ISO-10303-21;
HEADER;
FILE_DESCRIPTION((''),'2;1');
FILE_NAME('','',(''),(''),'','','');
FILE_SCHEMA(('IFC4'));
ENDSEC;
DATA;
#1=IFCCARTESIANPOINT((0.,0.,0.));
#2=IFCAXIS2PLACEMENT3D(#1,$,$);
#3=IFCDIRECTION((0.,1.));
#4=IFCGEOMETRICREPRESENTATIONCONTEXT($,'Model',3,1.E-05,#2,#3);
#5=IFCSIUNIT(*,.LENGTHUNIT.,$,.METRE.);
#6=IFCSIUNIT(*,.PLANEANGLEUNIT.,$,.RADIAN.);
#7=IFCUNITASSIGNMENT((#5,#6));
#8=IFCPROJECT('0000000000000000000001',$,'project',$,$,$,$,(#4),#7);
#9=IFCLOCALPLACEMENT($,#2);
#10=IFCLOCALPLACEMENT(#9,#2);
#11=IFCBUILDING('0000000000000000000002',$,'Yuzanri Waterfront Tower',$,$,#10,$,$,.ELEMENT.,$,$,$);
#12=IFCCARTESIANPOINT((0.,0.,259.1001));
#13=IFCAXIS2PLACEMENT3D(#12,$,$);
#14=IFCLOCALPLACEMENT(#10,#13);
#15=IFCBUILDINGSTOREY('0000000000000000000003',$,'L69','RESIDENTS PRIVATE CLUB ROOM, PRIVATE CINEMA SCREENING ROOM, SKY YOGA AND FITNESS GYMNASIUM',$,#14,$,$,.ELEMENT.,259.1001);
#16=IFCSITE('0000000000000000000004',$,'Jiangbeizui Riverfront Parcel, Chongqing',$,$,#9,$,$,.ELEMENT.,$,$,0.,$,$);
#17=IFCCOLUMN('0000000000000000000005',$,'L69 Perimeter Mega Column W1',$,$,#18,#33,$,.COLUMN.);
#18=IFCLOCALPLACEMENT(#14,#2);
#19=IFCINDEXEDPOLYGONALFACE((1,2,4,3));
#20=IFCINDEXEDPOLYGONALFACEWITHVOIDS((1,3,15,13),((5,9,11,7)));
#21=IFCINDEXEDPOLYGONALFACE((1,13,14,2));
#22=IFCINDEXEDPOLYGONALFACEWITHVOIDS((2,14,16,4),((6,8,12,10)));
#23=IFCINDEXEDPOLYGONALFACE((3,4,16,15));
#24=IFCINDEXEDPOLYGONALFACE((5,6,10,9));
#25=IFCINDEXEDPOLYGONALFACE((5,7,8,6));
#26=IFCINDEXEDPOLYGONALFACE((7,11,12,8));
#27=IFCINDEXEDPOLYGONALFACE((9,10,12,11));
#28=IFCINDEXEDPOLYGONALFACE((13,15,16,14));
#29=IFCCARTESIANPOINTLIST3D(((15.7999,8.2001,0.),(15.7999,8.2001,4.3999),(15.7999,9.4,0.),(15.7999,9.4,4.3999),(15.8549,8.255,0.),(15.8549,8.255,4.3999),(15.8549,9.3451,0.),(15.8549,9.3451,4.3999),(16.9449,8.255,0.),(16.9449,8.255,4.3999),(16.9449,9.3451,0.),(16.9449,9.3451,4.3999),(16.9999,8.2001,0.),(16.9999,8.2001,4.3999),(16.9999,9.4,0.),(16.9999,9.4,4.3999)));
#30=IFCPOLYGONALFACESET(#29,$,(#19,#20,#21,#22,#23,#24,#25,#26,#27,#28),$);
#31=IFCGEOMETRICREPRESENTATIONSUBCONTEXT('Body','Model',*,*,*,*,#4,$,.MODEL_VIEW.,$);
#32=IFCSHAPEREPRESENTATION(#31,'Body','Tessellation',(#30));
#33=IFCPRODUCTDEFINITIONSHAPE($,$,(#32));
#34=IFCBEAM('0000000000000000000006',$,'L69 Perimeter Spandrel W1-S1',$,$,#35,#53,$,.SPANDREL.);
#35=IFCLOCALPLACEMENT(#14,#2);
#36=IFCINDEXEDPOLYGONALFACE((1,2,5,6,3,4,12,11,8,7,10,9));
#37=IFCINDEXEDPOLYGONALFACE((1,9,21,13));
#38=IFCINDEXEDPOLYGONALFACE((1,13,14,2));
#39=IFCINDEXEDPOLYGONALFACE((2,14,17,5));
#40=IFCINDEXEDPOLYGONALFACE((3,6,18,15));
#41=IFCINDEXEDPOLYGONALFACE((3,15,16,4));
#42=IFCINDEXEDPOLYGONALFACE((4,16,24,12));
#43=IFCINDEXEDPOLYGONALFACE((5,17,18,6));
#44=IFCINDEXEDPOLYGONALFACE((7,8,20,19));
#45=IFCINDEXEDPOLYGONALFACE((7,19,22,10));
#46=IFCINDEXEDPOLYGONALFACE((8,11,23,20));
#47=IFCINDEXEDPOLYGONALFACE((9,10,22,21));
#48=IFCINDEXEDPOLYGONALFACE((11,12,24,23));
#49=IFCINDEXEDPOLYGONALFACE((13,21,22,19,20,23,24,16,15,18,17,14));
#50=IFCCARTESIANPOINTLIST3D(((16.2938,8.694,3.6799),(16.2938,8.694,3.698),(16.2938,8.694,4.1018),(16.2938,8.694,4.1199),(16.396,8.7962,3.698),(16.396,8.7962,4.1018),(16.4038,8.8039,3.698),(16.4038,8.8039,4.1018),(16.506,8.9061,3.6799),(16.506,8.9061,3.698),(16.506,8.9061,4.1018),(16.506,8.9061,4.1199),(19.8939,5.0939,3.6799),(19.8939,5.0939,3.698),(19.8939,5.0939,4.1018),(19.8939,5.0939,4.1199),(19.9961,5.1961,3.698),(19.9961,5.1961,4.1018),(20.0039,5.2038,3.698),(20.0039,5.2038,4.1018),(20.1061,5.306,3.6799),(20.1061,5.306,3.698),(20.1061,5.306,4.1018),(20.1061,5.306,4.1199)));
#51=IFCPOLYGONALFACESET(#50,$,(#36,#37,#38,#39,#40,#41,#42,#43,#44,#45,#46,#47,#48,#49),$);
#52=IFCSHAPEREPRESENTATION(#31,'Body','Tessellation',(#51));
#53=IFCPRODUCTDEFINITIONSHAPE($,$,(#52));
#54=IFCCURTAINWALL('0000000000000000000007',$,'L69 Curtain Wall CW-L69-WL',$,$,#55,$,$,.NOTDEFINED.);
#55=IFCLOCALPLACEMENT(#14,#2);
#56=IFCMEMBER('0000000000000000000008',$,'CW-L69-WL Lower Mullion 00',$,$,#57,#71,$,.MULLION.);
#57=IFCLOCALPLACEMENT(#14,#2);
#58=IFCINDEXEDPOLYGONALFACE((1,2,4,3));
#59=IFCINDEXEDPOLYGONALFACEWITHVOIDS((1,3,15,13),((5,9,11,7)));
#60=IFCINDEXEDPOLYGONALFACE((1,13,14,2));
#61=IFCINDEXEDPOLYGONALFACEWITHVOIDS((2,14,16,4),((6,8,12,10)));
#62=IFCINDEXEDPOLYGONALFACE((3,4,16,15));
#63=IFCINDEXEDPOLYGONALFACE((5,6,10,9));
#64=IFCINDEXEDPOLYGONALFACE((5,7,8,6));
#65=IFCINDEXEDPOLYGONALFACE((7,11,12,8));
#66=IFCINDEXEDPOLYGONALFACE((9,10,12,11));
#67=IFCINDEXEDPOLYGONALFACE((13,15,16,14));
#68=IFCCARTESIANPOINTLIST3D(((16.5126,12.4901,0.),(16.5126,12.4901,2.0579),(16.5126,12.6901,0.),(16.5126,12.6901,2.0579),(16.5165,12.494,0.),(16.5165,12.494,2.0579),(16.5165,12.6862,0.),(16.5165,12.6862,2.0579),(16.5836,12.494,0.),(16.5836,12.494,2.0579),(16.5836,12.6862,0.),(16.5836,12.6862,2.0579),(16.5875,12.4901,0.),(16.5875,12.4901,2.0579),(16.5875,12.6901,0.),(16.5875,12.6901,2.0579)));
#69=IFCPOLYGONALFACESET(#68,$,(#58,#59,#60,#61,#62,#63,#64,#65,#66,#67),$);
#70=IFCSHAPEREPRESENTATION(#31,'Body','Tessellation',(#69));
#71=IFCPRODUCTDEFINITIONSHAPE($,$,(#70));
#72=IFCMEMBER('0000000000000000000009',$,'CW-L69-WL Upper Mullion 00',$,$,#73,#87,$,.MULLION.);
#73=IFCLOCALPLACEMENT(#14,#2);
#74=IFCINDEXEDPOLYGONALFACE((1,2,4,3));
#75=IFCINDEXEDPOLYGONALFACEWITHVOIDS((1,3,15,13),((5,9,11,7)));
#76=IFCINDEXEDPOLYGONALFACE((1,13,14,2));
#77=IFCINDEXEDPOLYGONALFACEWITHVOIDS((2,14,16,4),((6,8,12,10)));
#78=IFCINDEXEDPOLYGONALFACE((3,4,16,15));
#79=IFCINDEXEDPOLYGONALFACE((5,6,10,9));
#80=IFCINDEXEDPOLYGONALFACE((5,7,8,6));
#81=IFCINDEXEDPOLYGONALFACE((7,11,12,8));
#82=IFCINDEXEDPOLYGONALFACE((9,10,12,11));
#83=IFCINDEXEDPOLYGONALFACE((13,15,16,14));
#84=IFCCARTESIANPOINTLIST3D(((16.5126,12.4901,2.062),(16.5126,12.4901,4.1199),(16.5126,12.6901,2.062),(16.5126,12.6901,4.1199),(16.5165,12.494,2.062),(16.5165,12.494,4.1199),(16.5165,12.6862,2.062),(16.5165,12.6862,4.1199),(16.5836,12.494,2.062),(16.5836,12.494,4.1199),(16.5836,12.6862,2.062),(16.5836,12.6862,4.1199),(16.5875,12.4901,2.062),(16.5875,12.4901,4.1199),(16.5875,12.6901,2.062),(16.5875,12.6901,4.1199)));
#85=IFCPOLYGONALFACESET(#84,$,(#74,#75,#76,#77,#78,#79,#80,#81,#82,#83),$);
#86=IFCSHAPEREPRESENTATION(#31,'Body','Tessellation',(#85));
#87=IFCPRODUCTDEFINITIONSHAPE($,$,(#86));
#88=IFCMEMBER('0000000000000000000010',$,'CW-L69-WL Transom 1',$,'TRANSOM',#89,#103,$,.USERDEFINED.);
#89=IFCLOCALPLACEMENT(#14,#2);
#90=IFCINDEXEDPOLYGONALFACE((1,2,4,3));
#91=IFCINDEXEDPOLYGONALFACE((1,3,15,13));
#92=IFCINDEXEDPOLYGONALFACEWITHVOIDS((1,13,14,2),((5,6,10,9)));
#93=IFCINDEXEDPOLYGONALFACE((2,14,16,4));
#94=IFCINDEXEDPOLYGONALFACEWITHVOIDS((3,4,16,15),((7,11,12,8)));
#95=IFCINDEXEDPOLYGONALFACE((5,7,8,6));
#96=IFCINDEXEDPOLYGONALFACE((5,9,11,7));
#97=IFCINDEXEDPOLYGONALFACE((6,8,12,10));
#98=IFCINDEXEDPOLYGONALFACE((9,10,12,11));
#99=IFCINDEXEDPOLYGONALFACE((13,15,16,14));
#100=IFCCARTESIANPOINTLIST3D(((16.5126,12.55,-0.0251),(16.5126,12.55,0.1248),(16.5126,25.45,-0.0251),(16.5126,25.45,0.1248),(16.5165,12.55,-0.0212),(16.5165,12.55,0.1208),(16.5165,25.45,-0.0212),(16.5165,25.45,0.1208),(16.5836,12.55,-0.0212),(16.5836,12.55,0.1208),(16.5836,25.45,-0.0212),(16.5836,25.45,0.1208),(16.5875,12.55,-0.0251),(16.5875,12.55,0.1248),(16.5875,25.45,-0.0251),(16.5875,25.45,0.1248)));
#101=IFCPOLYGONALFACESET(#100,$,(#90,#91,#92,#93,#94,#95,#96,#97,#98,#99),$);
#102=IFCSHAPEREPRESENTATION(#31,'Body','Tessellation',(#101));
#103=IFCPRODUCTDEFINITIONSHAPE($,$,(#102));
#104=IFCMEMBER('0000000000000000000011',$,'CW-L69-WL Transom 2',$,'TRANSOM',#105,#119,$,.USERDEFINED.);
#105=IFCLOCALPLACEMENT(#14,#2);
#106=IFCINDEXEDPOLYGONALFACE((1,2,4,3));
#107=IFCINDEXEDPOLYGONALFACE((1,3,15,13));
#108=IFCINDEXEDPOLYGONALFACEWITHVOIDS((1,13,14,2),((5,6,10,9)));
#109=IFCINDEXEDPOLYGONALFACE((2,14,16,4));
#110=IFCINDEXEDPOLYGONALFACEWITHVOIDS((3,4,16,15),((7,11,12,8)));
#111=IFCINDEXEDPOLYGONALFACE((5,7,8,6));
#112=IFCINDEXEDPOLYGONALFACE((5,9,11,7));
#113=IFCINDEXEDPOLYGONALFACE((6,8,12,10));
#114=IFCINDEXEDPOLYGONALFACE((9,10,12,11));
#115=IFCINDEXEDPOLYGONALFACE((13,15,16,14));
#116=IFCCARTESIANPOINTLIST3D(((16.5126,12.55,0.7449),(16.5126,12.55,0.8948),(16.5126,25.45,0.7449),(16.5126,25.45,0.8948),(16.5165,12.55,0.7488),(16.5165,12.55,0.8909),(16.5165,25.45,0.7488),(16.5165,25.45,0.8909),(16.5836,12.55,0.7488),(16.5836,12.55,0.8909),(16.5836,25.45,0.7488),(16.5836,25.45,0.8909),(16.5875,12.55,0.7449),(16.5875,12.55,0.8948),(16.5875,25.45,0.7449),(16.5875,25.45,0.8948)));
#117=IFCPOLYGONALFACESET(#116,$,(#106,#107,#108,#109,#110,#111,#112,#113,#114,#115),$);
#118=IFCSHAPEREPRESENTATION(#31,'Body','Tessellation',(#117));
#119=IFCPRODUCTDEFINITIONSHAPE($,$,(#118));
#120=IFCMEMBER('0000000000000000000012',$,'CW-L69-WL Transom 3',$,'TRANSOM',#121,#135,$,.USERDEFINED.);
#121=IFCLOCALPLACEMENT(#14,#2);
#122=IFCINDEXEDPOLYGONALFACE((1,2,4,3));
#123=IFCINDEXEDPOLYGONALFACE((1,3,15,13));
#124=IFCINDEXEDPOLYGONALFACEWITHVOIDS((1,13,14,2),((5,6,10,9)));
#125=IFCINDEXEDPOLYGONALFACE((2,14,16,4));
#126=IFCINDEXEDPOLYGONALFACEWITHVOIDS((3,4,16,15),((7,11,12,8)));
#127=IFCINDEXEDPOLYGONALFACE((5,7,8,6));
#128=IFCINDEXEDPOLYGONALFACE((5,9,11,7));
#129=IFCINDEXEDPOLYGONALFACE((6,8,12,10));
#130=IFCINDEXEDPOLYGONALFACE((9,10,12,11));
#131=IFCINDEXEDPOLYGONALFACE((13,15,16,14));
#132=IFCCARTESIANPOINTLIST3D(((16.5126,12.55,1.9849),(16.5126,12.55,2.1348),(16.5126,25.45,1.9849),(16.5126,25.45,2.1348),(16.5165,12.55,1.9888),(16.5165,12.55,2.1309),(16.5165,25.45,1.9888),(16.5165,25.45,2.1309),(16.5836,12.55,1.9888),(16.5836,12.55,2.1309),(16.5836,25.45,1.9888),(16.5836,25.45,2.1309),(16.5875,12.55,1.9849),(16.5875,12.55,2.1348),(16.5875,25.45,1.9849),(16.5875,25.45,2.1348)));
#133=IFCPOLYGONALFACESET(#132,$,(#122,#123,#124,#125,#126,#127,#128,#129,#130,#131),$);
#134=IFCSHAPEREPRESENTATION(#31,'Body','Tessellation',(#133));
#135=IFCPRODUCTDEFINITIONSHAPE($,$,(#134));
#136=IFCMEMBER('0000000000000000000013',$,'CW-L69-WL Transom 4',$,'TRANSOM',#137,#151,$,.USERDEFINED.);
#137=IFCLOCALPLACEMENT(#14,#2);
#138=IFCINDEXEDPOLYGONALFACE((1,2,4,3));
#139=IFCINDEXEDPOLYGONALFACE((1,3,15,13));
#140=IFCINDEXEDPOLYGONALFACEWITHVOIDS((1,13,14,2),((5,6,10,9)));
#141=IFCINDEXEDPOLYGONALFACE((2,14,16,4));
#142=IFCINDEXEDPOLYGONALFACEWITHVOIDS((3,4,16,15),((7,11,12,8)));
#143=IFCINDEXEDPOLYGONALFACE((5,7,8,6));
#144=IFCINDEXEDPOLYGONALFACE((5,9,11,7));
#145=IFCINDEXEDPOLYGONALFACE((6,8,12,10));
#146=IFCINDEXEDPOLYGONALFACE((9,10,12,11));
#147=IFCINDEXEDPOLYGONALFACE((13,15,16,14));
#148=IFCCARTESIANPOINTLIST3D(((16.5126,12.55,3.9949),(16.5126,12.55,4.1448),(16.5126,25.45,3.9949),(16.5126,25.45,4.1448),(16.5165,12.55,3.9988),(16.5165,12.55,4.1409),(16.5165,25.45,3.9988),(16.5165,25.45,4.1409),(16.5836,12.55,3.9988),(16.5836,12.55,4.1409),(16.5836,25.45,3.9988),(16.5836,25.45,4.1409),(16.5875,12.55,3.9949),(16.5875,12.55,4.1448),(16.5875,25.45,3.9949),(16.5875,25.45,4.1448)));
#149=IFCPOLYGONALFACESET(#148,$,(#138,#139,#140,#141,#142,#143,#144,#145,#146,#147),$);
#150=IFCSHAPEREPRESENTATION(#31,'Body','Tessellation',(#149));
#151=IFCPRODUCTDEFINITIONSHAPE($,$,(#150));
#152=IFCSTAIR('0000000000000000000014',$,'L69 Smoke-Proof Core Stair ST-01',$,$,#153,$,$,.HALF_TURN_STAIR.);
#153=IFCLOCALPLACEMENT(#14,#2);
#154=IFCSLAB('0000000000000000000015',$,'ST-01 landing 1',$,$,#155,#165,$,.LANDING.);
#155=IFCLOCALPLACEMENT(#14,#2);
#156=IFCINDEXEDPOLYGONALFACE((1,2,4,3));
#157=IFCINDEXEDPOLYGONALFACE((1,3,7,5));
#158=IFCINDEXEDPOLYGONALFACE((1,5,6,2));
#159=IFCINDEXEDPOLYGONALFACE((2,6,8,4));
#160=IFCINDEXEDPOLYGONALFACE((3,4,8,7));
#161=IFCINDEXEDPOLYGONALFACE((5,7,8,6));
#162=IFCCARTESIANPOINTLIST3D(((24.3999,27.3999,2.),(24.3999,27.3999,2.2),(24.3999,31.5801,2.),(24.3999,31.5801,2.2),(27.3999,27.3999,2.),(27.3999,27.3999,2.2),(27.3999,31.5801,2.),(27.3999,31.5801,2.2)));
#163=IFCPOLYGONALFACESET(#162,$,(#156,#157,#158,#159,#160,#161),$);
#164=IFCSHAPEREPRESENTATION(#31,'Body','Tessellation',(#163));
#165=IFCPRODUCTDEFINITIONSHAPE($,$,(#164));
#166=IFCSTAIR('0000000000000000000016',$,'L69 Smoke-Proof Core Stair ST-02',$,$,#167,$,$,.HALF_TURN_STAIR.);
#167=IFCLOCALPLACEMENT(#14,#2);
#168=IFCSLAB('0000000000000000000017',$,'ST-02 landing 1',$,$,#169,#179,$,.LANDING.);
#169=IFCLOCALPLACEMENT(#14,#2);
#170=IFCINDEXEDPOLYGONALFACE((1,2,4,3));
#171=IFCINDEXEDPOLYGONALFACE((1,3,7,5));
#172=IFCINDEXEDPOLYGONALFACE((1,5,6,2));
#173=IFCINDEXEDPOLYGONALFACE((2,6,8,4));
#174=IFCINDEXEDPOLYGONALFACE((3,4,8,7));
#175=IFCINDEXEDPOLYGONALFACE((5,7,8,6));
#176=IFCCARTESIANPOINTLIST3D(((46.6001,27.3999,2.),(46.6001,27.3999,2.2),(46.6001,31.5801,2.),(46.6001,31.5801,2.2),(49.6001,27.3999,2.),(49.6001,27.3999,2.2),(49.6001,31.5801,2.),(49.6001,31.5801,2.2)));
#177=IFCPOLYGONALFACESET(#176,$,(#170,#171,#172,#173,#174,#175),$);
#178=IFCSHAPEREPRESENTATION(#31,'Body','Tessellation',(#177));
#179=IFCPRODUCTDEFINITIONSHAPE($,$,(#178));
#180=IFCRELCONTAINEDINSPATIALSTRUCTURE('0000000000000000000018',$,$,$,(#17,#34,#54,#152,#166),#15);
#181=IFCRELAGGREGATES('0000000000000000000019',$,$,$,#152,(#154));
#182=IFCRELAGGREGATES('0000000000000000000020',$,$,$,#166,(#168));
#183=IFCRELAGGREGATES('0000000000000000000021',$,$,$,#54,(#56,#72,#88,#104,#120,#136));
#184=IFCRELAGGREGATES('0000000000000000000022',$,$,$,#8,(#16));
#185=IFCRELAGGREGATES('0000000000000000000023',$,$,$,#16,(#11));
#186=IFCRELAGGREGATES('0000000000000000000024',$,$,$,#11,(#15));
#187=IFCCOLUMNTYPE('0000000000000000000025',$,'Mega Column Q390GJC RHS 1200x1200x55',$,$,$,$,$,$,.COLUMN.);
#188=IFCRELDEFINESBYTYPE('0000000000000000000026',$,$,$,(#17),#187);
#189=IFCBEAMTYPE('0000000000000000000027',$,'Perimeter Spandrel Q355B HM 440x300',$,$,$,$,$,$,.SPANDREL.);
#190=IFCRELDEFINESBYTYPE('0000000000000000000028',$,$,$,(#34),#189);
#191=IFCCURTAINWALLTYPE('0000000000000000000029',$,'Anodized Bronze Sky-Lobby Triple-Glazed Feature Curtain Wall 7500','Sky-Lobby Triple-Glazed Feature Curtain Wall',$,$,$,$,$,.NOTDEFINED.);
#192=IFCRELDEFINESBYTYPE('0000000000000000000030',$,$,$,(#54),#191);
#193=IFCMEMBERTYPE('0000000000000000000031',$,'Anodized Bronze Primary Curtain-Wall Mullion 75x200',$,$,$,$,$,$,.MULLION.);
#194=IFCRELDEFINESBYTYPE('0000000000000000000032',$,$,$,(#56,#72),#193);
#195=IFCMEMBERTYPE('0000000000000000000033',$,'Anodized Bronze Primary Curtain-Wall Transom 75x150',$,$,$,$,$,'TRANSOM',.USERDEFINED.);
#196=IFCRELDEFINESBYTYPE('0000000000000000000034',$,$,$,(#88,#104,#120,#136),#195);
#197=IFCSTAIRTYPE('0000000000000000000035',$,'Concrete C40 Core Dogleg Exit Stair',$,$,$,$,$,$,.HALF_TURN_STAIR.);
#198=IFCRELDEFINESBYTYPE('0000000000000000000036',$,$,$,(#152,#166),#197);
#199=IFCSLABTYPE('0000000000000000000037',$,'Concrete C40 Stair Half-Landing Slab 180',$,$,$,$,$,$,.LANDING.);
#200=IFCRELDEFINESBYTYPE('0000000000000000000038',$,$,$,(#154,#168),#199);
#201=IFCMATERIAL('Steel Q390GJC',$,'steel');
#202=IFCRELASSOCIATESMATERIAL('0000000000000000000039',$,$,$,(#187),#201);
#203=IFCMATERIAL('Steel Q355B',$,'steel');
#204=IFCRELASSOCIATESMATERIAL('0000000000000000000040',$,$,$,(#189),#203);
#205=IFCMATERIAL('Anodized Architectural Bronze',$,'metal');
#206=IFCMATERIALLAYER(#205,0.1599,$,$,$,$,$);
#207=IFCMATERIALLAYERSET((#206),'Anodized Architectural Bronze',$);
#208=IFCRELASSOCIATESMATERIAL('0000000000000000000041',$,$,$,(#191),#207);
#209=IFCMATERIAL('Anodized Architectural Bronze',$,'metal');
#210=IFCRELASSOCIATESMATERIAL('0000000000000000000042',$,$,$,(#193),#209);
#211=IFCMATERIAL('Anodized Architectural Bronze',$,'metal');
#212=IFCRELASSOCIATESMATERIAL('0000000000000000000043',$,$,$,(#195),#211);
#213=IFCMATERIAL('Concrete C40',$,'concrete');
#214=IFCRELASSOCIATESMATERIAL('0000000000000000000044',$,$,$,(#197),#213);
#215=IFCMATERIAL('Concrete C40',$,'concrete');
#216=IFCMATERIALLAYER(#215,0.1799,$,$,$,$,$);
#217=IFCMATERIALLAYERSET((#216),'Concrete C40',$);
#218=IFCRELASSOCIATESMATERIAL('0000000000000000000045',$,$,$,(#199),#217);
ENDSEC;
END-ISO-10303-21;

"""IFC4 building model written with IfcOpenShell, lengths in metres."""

from ifc_helpers import new_model, si_unit, direction, frame, origin, origin_2d, place, context, subcontext, project, spatial, polyline, hollow_rectangle, i_section, outline, extrude, source, transform, mapped, material, layer, layer_set, material_profile, profile_set, type_object, element, aggregate, save


model = new_model("IFC4")

# Units and contexts
model_context = context("Model", 3, precision=1e-05, world=origin(), true_north=direction((0.0, 1.0)))
body_context = subcontext(model_context, "Body", "Model", "MODEL_VIEW")
ifc_project = project(units=[si_unit("LENGTHUNIT", "METRE"), si_unit("PLANEANGLEUNIT", "RADIAN")], contexts=[model_context])

# Site, building, storey
site_placement = place(None, origin())
site = spatial("IfcSite", under=ifc_project, at=site_placement, Name="Jiangbeizui Riverfront Parcel, Chongqing", CompositionType="ELEMENT", RefElevation=0.0)
building_placement = place(site_placement, origin())
building = spatial("IfcBuilding", under=site, at=building_placement, Name="Yuzanri Waterfront Tower", CompositionType="ELEMENT")
storey_placement = place(building_placement, frame((0.0, 0.0, 259.1001)))
storey = spatial("IfcBuildingStorey", under=building, at=storey_placement, Name="L69", Description="RESIDENTS PRIVATE CLUB ROOM, PRIVATE CINEMA SCREENING ROOM, SKY YOGA AND FITNESS GYMNASIUM", CompositionType="ELEMENT", Elevation=259.1001)

# Column
ifc_material_1 = material(Name="Steel Q390GJC", Category="steel")
ifc_material_profile_1 = material_profile(ifc_material_1, hollow_rectangle(XDim=1.2, YDim=1.2, WallThickness=0.0549, at=origin_2d()), Name="RHS 1200x1200x55")
ifc_profile_set_1 = profile_set([ifc_material_profile_1], Name="Steel Q390GJC")
column_type = type_object("IfcColumnType", Name="Mega Column Q390GJC RHS 1200x1200x55", PredefinedType="COLUMN", material=ifc_profile_set_1)
shared_shape_1 = source(origin(), body_context, "Body", "SweptSolid", [
    extrude(hollow_rectangle(XDim=1.2, YDim=1.2, WallThickness=0.0549, at=origin_2d()), origin(), (0.0, 0.0, 1.0), 4.3999),
])
column_placement = place(storey_placement, frame((16.3999, 8.8, 0.0), z_axis=(0.0, 0.0, 1.0), x_axis=(1.0, 0.0, 0.0)))
element("IfcColumn", 1, at=column_placement, inside=storey, type_object=column_type, Name="L69 Perimeter Mega Column W1", PredefinedType="COLUMN", context=body_context, shape_type="MappedRepresentation", body=[
    mapped(shared_shape_1, transform((0.0, 0.0, 0.0), scale=1.0)),
])

# Beam
ifc_material_2 = material(Name="Steel Q355B", Category="steel")
ifc_material_profile_2 = material_profile(ifc_material_2, i_section(OverallWidth=0.3, OverallDepth=0.4399, WebThickness=0.011, FlangeThickness=0.0181, at=origin_2d()), Name="HM 440x300x11x18")
ifc_profile_set_2 = profile_set([ifc_material_profile_2], Name="Steel Q355B")
beam_type = type_object("IfcBeamType", Name="Perimeter Spandrel Q355B HM 440x300", PredefinedType="SPANDREL", material=ifc_profile_set_2)
shared_shape_2 = source(origin(), body_context, "Body", "SweptSolid", [
    extrude(i_section(OverallWidth=0.3, OverallDepth=0.4399, WebThickness=0.011, FlangeThickness=0.0181, at=origin_2d()), origin(), (0.0, 0.0, 1.0), 5.0913),
])
beam_placement = place(storey_placement, frame((16.3999, 8.8, 3.8999), z_axis=(0.707107, -0.707107, 0.0), x_axis=(0.707107, 0.707107, 0.0)))
element("IfcBeam", 2, at=beam_placement, inside=storey, type_object=beam_type, Name="L69 Perimeter Spandrel W1-S1", PredefinedType="SPANDREL", context=body_context, shape_type="MappedRepresentation", body=[
    mapped(shared_shape_2, transform((0.0, 0.0, 0.0), scale=1.0)),
])

# Curtain wall, members
ifc_material_3 = material(Name="Anodized Architectural Bronze", Category="metal")
ifc_layer_1 = layer(ifc_material_3, 0.1599)
ifc_layer_set_1 = layer_set([ifc_layer_1], Name="Anodized Architectural Bronze")
curtain_wall_type = type_object("IfcCurtainWallType", Name="Anodized Bronze Sky-Lobby Triple-Glazed Feature Curtain Wall 7500", Description="Sky-Lobby Triple-Glazed Feature Curtain Wall", PredefinedType="NOTDEFINED", material=ifc_layer_set_1)
curtain_wall_placement = place(storey_placement, origin())
curtain_wall = element("IfcCurtainWall", 3, at=curtain_wall_placement, inside=storey, type_object=curtain_wall_type, Name="L69 Curtain Wall CW-L69-WL", PredefinedType="NOTDEFINED")
ifc_material_4 = material(Name="Anodized Architectural Bronze", Category="metal")
ifc_material_profile_3 = material_profile(ifc_material_4, hollow_rectangle(XDim=0.075, YDim=0.2, WallThickness=0.0039, at=origin_2d()), Name="CWM 75x200")
ifc_profile_set_3 = profile_set([ifc_material_profile_3], Name="Anodized Architectural Bronze")
member_type_1 = type_object("IfcMemberType", Name="Anodized Bronze Primary Curtain-Wall Mullion 75x200", PredefinedType="MULLION", material=ifc_profile_set_3)
shared_shape_3 = source(origin(), body_context, "Body", "SweptSolid", [
    extrude(hollow_rectangle(XDim=0.075, YDim=0.2, WallThickness=0.0039, at=origin_2d()), origin(), (0.0, 0.0, 1.0), 2.0579),
])
member_1_placement = place(storey_placement, frame((16.55, 12.5901, 0.0), z_axis=(0.0, 0.0, 1.0), x_axis=(1.0, 0.0, 0.0)))
member_1 = element("IfcMember", 4, at=member_1_placement, type_object=member_type_1, Name="CW-L69-WL Lower Mullion 00", PredefinedType="MULLION", context=body_context, shape_type="MappedRepresentation", body=[
    mapped(shared_shape_3, transform((0.0, 0.0, 0.0), scale=1.0)),
])
member_2_placement = place(storey_placement, frame((16.55, 12.5901, 2.062), z_axis=(0.0, 0.0, 1.0), x_axis=(1.0, 0.0, 0.0)))
member_2 = element("IfcMember", 5, at=member_2_placement, type_object=member_type_1, Name="CW-L69-WL Upper Mullion 00", PredefinedType="MULLION", context=body_context, shape_type="MappedRepresentation", body=[
    mapped(shared_shape_3, transform((0.0, 0.0, 0.0), scale=1.0)),
])
ifc_material_5 = material(Name="Anodized Architectural Bronze", Category="metal")
ifc_material_profile_4 = material_profile(ifc_material_5, hollow_rectangle(XDim=0.075, YDim=0.1499, WallThickness=0.0039, at=origin_2d()), Name="CWT 75x150")
ifc_profile_set_4 = profile_set([ifc_material_profile_4], Name="Anodized Architectural Bronze")
member_type_2 = type_object("IfcMemberType", Name="Anodized Bronze Primary Curtain-Wall Transom 75x150", ElementType="TRANSOM", PredefinedType="USERDEFINED", material=ifc_profile_set_4)
shared_shape_4 = source(origin(), body_context, "Body", "SweptSolid", [
    extrude(hollow_rectangle(XDim=0.075, YDim=0.1499, WallThickness=0.0039, at=origin_2d()), origin(), (0.0, 0.0, 1.0), 12.8999),
])
member_3_placement = place(storey_placement, frame((16.55, 12.55, 0.0498), z_axis=(0.0, 1.0, 0.0), x_axis=(-1.0, 0.0, 0.0)))
member_3 = element("IfcMember", 6, at=member_3_placement, type_object=member_type_2, Name="CW-L69-WL Transom 1", ObjectType="TRANSOM", PredefinedType="USERDEFINED", context=body_context, shape_type="MappedRepresentation", body=[
    mapped(shared_shape_4, transform((0.0, 0.0, 0.0), scale=1.0)),
])
member_4_placement = place(storey_placement, frame((16.55, 12.55, 0.8198), z_axis=(0.0, 1.0, 0.0), x_axis=(-1.0, 0.0, 0.0)))
member_4 = element("IfcMember", 7, at=member_4_placement, type_object=member_type_2, Name="CW-L69-WL Transom 2", ObjectType="TRANSOM", PredefinedType="USERDEFINED", context=body_context, shape_type="MappedRepresentation", body=[
    mapped(shared_shape_4, transform((0.0, 0.0, 0.0), scale=1.0)),
])
member_5_placement = place(storey_placement, frame((16.55, 12.55, 2.0598), z_axis=(0.0, 1.0, 0.0), x_axis=(-1.0, 0.0, 0.0)))
member_5 = element("IfcMember", 8, at=member_5_placement, type_object=member_type_2, Name="CW-L69-WL Transom 3", ObjectType="TRANSOM", PredefinedType="USERDEFINED", context=body_context, shape_type="MappedRepresentation", body=[
    mapped(shared_shape_4, transform((0.0, 0.0, 0.0), scale=1.0)),
])
member_6_placement = place(storey_placement, frame((16.55, 12.55, 4.0698), z_axis=(0.0, 1.0, 0.0), x_axis=(-1.0, 0.0, 0.0)))
member_6 = element("IfcMember", 9, at=member_6_placement, type_object=member_type_2, Name="CW-L69-WL Transom 4", ObjectType="TRANSOM", PredefinedType="USERDEFINED", context=body_context, shape_type="MappedRepresentation", body=[
    mapped(shared_shape_4, transform((0.0, 0.0, 0.0), scale=1.0)),
])

# Stairs, slabs
ifc_material_6 = material(Name="Concrete C40", Category="concrete")
stair_type = type_object("IfcStairType", Name="Concrete C40 Core Dogleg Exit Stair", PredefinedType="HALF_TURN_STAIR", material=ifc_material_6)
stair_1_placement = place(storey_placement, origin())
stair_1 = element("IfcStair", 10, at=stair_1_placement, inside=storey, type_object=stair_type, Name="L69 Smoke-Proof Core Stair ST-01", PredefinedType="HALF_TURN_STAIR")
ifc_material_7 = material(Name="Concrete C40", Category="concrete")
ifc_layer_2 = layer(ifc_material_7, 0.1799)
ifc_layer_set_2 = layer_set([ifc_layer_2], Name="Concrete C40")
slab_type_1 = type_object("IfcSlabType", Name="Concrete C40 Stair Half-Landing Slab 180", PredefinedType="LANDING", material=ifc_layer_set_2)
slab_1_placement = place(storey_placement, frame((0.0, 0.0, 2.0)))
slab_1 = element("IfcSlab", 11, at=slab_1_placement, type_object=slab_type_1, Name="ST-01 landing 1", PredefinedType="LANDING", context=body_context, shape_type="SweptSolid", body=[
    extrude(outline(polyline([(27.3999, 27.3999), (27.3999, 31.5801), (24.3999, 31.5801), (24.3999, 27.3999), (27.3999, 27.3999)])), origin(), (0.0, 0.0, 1.0), 0.2),
])
aggregate(stair_1, [slab_1])
stair_2_placement = place(storey_placement, origin())
stair_2 = element("IfcStair", 12, at=stair_2_placement, inside=storey, type_object=stair_type, Name="L69 Smoke-Proof Core Stair ST-02", PredefinedType="HALF_TURN_STAIR")
slab_2_placement = place(storey_placement, frame((0.0, 0.0, 2.0)))
slab_2 = element("IfcSlab", 13, at=slab_2_placement, type_object=slab_type_1, Name="ST-02 landing 1", PredefinedType="LANDING", context=body_context, shape_type="SweptSolid", body=[
    extrude(outline(polyline([(49.6001, 27.3999), (49.6001, 31.5801), (46.6001, 31.5801), (46.6001, 27.3999), (49.6001, 27.3999)])), origin(), (0.0, 0.0, 1.0), 0.2),
])
aggregate(stair_2, [slab_2])

aggregate(curtain_wall, [member_1, member_2, member_3, member_4, member_5, member_6])

save(model, "model.ifc")
